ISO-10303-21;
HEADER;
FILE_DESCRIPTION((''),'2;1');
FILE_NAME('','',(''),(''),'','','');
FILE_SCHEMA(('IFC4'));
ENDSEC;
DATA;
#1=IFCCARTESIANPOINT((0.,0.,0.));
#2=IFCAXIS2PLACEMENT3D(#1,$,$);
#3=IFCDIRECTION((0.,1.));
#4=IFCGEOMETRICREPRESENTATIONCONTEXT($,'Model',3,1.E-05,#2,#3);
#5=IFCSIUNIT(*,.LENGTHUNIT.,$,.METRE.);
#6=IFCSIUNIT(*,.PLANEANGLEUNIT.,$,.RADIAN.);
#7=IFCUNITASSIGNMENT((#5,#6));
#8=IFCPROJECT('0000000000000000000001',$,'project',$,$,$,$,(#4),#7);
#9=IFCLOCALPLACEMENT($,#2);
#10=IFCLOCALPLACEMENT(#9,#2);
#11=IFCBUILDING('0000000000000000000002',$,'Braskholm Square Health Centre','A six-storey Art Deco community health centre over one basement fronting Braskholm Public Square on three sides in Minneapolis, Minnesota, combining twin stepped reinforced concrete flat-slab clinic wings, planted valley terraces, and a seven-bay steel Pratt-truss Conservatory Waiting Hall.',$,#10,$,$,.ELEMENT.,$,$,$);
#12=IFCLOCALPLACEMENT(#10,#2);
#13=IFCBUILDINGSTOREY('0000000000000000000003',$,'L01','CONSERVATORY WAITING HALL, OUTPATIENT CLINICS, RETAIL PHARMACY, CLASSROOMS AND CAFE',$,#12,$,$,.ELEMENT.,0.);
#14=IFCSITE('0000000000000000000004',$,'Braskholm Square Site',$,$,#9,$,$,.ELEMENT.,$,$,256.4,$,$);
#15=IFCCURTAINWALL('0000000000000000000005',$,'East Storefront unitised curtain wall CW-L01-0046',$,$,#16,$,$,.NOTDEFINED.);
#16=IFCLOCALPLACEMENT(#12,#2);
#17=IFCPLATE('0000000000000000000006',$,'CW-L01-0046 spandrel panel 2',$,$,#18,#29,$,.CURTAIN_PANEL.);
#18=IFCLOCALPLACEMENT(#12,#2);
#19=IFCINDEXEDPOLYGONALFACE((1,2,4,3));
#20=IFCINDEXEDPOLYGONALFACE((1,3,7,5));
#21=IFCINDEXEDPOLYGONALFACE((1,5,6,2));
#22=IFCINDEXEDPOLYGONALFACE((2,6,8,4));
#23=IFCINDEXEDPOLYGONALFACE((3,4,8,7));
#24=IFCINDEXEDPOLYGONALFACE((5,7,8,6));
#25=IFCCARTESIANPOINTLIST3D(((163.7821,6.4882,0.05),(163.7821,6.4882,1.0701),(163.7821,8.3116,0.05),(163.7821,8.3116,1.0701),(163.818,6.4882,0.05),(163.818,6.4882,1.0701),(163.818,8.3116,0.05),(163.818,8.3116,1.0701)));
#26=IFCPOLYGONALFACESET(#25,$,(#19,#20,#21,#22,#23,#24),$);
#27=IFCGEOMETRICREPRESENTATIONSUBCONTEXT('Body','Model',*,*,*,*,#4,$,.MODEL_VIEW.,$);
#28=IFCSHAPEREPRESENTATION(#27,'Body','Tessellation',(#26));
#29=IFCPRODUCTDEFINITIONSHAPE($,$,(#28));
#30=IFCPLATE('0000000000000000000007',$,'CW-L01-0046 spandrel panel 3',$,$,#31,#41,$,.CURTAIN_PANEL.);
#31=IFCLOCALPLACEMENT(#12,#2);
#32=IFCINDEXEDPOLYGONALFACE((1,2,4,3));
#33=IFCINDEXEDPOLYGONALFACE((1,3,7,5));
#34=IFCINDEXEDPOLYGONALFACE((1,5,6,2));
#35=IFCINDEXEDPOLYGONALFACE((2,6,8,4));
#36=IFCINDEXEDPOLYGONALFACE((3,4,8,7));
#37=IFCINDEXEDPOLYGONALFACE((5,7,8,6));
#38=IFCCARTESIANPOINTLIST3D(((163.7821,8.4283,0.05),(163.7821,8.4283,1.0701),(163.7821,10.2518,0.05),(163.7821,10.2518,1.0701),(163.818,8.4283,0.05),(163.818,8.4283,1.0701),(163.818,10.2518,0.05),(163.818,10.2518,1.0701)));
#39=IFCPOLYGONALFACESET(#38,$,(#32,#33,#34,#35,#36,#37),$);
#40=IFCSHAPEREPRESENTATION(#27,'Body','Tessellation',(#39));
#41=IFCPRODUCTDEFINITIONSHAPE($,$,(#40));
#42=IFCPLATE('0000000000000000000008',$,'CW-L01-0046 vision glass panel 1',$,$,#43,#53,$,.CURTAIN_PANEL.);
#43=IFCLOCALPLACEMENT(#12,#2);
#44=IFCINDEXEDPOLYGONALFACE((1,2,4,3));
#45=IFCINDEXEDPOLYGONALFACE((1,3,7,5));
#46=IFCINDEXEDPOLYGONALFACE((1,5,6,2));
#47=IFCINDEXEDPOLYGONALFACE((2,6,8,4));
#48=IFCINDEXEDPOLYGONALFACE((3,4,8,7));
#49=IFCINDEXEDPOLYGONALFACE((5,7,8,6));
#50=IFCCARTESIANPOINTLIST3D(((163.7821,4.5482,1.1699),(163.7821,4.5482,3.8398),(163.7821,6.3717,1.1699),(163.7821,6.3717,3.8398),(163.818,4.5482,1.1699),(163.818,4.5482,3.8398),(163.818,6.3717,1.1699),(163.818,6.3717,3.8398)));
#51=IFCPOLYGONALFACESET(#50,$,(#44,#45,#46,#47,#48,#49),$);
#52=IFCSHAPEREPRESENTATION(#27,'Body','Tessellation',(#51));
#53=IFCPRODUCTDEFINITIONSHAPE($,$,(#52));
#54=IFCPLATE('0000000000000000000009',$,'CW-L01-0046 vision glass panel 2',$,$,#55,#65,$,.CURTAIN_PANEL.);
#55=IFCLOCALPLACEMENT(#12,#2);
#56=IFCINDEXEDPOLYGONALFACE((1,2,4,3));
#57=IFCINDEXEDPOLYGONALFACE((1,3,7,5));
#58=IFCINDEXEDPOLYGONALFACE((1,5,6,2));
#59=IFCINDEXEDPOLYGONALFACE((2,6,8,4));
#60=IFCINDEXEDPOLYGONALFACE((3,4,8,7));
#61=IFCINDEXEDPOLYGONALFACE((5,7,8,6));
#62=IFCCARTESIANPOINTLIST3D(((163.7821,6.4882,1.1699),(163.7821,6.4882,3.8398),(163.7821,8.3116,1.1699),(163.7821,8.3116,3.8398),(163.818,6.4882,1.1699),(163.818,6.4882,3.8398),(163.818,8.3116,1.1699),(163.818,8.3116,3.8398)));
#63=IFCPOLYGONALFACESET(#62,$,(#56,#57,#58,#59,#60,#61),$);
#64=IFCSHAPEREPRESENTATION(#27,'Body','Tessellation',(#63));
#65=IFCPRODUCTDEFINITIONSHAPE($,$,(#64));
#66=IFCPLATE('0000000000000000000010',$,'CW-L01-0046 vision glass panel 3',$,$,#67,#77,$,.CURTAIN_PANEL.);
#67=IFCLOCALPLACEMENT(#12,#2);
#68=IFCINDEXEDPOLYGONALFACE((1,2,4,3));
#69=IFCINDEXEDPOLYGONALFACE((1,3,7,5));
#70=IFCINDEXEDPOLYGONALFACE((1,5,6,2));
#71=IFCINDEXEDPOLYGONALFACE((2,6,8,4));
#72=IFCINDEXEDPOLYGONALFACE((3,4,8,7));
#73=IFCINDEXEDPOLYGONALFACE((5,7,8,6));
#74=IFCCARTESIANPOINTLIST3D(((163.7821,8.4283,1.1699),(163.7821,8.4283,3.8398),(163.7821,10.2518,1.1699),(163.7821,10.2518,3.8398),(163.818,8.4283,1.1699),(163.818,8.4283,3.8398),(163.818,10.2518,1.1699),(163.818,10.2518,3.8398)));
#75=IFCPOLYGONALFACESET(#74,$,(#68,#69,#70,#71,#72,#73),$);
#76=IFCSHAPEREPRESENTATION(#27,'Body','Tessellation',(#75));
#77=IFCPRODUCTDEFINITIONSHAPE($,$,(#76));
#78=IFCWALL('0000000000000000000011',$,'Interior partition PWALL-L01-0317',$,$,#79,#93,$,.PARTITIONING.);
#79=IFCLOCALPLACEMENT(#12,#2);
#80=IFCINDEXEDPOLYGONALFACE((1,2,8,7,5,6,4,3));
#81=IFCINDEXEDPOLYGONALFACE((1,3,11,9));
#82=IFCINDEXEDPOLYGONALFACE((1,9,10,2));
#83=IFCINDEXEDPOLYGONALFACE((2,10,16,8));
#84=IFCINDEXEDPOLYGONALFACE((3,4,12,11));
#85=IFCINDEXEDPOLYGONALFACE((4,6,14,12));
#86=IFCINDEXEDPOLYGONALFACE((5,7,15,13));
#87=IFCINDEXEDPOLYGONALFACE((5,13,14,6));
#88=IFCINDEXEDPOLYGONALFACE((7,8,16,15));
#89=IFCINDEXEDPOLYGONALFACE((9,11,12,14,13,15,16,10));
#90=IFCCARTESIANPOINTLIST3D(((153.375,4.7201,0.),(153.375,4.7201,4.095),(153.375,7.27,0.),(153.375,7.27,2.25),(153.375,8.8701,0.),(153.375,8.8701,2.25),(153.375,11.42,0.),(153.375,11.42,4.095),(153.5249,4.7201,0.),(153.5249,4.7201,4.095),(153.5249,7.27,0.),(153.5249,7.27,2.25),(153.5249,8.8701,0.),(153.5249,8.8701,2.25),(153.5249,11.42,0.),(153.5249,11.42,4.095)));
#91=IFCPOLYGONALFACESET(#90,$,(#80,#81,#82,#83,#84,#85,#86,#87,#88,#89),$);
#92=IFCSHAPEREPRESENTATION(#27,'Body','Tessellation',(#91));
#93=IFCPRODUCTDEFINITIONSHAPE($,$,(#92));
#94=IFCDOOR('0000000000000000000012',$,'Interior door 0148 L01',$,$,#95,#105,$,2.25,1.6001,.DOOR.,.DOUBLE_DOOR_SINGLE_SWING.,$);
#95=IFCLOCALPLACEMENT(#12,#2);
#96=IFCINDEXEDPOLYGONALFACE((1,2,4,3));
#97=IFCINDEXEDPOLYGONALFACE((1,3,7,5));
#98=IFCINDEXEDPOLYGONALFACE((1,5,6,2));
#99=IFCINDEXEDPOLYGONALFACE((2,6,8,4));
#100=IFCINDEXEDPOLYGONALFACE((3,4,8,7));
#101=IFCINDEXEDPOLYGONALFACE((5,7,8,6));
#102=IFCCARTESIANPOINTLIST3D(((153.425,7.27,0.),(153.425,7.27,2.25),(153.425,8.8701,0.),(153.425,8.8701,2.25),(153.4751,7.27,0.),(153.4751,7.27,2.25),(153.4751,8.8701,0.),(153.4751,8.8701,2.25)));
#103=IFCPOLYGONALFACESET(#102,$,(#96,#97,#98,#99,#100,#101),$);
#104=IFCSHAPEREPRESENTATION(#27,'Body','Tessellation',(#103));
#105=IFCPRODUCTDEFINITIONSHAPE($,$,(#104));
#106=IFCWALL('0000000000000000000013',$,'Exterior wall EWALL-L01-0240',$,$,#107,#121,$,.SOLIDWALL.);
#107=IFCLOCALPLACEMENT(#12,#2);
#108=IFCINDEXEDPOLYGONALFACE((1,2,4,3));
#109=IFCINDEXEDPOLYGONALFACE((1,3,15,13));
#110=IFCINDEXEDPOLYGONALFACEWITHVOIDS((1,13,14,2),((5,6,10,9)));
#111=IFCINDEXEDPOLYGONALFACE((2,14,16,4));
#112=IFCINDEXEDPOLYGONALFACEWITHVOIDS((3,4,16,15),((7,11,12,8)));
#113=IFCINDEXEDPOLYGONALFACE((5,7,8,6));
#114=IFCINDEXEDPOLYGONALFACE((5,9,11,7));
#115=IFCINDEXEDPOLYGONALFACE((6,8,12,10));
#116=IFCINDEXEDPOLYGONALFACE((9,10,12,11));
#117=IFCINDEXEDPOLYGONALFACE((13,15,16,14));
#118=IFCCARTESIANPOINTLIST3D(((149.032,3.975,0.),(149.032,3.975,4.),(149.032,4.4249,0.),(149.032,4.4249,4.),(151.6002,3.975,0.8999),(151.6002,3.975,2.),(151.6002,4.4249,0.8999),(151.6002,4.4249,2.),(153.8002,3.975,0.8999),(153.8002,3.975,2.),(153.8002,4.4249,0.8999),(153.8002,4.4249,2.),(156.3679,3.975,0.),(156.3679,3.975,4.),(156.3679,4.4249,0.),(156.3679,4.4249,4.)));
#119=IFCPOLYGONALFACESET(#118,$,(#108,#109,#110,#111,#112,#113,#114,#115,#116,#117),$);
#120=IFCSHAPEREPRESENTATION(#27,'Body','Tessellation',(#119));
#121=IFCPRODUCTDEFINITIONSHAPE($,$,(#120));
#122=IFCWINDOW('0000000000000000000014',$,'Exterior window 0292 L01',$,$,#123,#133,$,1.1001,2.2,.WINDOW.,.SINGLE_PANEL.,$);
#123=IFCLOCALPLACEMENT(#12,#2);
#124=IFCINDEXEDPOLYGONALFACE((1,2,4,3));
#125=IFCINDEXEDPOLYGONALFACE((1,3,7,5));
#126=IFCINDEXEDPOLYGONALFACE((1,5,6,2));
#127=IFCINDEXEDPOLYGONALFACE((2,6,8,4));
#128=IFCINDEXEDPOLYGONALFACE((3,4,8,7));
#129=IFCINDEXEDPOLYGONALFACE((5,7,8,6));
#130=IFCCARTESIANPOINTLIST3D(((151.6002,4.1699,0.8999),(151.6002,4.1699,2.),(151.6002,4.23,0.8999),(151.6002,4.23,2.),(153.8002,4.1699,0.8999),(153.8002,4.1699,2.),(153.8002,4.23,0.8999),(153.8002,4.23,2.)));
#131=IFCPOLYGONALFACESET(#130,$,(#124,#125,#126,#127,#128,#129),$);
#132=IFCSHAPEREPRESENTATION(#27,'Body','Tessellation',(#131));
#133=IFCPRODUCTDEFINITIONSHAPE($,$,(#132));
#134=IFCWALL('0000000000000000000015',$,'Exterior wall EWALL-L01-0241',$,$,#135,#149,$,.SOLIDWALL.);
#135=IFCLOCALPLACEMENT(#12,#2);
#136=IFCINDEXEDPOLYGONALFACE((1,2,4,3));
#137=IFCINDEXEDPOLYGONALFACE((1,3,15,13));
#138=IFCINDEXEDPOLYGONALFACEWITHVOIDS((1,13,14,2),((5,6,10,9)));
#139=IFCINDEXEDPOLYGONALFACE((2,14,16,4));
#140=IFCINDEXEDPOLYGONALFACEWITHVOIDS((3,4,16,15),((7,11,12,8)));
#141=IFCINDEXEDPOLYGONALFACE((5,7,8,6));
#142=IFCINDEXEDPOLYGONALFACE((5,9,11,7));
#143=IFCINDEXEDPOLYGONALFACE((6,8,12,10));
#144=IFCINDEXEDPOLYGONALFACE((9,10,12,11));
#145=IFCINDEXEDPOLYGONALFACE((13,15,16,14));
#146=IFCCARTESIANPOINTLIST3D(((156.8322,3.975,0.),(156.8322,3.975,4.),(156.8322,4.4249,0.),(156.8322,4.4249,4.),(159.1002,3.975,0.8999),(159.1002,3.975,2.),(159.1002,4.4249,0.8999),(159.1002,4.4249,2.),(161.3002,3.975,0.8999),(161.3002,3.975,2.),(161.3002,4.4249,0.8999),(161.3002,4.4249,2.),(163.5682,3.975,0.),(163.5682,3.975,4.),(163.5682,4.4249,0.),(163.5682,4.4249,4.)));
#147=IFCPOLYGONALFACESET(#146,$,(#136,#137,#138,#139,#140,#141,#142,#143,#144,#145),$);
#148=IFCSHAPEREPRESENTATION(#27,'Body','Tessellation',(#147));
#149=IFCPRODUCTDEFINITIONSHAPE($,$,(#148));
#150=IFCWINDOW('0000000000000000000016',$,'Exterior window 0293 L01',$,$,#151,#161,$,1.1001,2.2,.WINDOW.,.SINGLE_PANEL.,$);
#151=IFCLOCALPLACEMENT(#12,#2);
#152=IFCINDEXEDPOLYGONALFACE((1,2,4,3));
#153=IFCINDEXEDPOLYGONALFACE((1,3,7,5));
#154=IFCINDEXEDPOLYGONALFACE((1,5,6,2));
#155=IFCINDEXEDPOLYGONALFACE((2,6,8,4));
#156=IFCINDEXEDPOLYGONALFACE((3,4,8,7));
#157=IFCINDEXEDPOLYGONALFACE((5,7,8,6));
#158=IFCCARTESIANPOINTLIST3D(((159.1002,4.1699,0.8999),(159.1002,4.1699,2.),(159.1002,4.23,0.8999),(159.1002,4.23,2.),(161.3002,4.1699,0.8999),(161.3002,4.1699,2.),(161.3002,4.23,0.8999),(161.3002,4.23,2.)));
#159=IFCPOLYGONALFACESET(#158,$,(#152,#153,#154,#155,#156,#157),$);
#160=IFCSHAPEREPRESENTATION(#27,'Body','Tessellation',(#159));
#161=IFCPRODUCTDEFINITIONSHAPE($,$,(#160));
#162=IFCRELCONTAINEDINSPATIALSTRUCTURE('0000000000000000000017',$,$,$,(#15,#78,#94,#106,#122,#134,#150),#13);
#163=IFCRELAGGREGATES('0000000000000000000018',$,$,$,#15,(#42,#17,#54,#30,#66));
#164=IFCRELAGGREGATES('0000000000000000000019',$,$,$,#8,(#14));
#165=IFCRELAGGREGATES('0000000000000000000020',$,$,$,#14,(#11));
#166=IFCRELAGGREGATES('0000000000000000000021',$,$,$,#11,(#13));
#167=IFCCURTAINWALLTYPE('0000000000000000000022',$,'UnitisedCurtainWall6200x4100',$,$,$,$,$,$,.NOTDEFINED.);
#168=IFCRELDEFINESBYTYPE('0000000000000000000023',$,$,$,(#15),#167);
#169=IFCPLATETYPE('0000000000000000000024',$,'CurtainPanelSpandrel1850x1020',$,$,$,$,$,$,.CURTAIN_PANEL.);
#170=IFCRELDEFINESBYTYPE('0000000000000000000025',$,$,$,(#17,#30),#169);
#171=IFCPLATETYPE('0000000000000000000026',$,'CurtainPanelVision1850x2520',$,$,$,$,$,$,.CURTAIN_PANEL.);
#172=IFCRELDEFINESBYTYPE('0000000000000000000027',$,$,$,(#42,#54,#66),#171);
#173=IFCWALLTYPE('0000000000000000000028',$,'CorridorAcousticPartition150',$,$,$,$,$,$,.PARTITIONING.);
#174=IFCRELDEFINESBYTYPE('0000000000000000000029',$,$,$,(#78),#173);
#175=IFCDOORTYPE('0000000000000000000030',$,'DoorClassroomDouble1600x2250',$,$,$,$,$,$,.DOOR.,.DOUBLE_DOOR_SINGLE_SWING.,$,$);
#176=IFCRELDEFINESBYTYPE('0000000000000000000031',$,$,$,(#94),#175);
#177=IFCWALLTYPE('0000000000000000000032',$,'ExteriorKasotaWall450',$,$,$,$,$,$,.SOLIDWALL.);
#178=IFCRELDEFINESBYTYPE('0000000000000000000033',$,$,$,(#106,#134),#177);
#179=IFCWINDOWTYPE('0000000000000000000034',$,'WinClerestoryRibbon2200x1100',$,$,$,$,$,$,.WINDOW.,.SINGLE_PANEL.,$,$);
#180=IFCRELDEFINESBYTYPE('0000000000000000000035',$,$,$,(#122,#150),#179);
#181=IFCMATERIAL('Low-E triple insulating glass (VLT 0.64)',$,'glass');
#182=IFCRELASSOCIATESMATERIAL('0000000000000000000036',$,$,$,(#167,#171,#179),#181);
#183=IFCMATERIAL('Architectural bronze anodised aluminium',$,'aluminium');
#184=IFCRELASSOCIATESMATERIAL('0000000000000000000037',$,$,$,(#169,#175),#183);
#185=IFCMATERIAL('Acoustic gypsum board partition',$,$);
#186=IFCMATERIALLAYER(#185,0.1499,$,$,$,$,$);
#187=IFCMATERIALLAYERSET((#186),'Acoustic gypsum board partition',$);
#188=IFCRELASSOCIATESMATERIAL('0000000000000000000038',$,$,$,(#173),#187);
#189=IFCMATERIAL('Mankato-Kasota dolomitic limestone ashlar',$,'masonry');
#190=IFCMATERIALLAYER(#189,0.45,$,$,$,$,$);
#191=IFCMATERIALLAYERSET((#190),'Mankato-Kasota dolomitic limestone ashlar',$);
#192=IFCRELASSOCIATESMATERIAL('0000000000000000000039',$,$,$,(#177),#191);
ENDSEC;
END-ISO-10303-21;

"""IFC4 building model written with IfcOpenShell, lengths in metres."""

from ifc_helpers import new_model, si_unit, direction, frame, frame_2d, origin, origin_with_axes, origin_2d, place, context, subcontext, project, spatial, rectangle, extrude, material, layer, layer_set, type_object, element, fill, aggregate, save


model = new_model("IFC4")

# Units and contexts
model_context = context("Model", 3, precision=1e-05, world=origin(), true_north=direction((0.0, 1.0)))
body_context = subcontext(model_context, "Body", "Model", "MODEL_VIEW")
ifc_project = project(units=[si_unit("LENGTHUNIT", "METRE"), si_unit("PLANEANGLEUNIT", "RADIAN")], contexts=[model_context])

# Site, building, storey
site_placement = place(None, origin())
site = spatial("IfcSite", under=ifc_project, at=site_placement, Name="Braskholm Square Site", CompositionType="ELEMENT", RefElevation=256.4)
building_placement = place(site_placement, origin())
building = spatial("IfcBuilding", under=site, at=building_placement, Name="Braskholm Square Health Centre", Description="A six-storey Art Deco community health centre over one basement fronting Braskholm Public Square on three sides in Minneapolis, Minnesota, combining twin stepped reinforced concrete flat-slab clinic wings, planted valley terraces, and a seven-bay steel Pratt-truss Conservatory Waiting Hall.", CompositionType="ELEMENT")
storey_placement = place(building_placement, origin())
storey = spatial("IfcBuildingStorey", under=building, at=storey_placement, Name="L01", Description="CONSERVATORY WAITING HALL, OUTPATIENT CLINICS, RETAIL PHARMACY, CLASSROOMS AND CAFE", CompositionType="ELEMENT", Elevation=0.0)

# Curtain wall
ifc_material_1 = material(Name="Low-E triple insulating glass (VLT 0.64)", Category="glass")
curtain_wall_type = type_object("IfcCurtainWallType", Name="UnitisedCurtainWall6200x4100", PredefinedType="NOTDEFINED", material=ifc_material_1)
curtain_wall_placement = place(storey_placement, origin())
curtain_wall = element("IfcCurtainWall", 1, at=curtain_wall_placement, inside=storey, type_object=curtain_wall_type, Name="East Storefront unitised curtain wall CW-L01-0046", PredefinedType="NOTDEFINED")
ifc_material_2 = material(Name="Architectural bronze anodised aluminium", Category="aluminium")

# Plates
plate_type_1 = type_object("IfcPlateType", Name="CurtainPanelSpandrel1850x1020", PredefinedType="CURTAIN_PANEL", material=ifc_material_2)
plate_1_placement = place(storey_placement, frame((163.8, 7.3999, 0.05), z_axis=(0.0, 0.0, 1.0), x_axis=(0.0, 1.0, 0.0)))
plate_1 = element("IfcPlate", 2, at=plate_1_placement, type_object=plate_type_1, Name="CW-L01-0046 spandrel panel 2", PredefinedType="CURTAIN_PANEL", context=body_context, shape_type="SweptSolid", body=[
    extrude(rectangle(XDim=1.8235, YDim=0.0359, at=origin_2d()), origin(), (0.0, 0.0, 1.0), 1.02),
])
plate_2_placement = place(storey_placement, frame((163.8, 9.3401, 0.05), z_axis=(0.0, 0.0, 1.0), x_axis=(0.0, 1.0, 0.0)))
plate_2 = element("IfcPlate", 3, at=plate_2_placement, type_object=plate_type_1, Name="CW-L01-0046 spandrel panel 3", PredefinedType="CURTAIN_PANEL", context=body_context, shape_type="SweptSolid", body=[
    extrude(rectangle(XDim=1.8235, YDim=0.0359, at=origin_2d()), origin(), (0.0, 0.0, 1.0), 1.02),
])
plate_type_2 = type_object("IfcPlateType", Name="CurtainPanelVision1850x2520", PredefinedType="CURTAIN_PANEL", material=ifc_material_1)
plate_3_placement = place(storey_placement, frame((163.8, 5.46, 1.1699), z_axis=(0.0, 0.0, 1.0), x_axis=(0.0, 1.0, 0.0)))
plate_3 = element("IfcPlate", 4, at=plate_3_placement, type_object=plate_type_2, Name="CW-L01-0046 vision glass panel 1", PredefinedType="CURTAIN_PANEL", context=body_context, shape_type="SweptSolid", body=[
    extrude(rectangle(XDim=1.8235, YDim=0.0359, at=origin_2d()), origin(), (0.0, 0.0, 1.0), 2.6699),
])
plate_4_placement = place(storey_placement, frame((163.8, 7.3999, 1.1699), z_axis=(0.0, 0.0, 1.0), x_axis=(0.0, 1.0, 0.0)))
plate_4 = element("IfcPlate", 5, at=plate_4_placement, type_object=plate_type_2, Name="CW-L01-0046 vision glass panel 2", PredefinedType="CURTAIN_PANEL", context=body_context, shape_type="SweptSolid", body=[
    extrude(rectangle(XDim=1.8235, YDim=0.0359, at=origin_2d()), origin(), (0.0, 0.0, 1.0), 2.6699),
])
plate_5_placement = place(storey_placement, frame((163.8, 9.3401, 1.1699), z_axis=(0.0, 0.0, 1.0), x_axis=(0.0, 1.0, 0.0)))
plate_5 = element("IfcPlate", 6, at=plate_5_placement, type_object=plate_type_2, Name="CW-L01-0046 vision glass panel 3", PredefinedType="CURTAIN_PANEL", context=body_context, shape_type="SweptSolid", body=[
    extrude(rectangle(XDim=1.8235, YDim=0.0359, at=origin_2d()), origin(), (0.0, 0.0, 1.0), 2.6699),
])
aggregate(curtain_wall, [plate_3, plate_1, plate_4, plate_2, plate_5])

# Wall, opening, door
ifc_material_3 = material(Name="Acoustic gypsum board partition")
ifc_layer_1 = layer(ifc_material_3, 0.1499)
ifc_layer_set_1 = layer_set([ifc_layer_1], Name="Acoustic gypsum board partition")
wall_type_1 = type_object("IfcWallType", Name="CorridorAcousticPartition150", PredefinedType="PARTITIONING", material=ifc_layer_set_1)
wall_1_placement = place(storey_placement, frame((153.45, 4.72, 0.0), z_axis=(0.0, 0.0, 1.0), x_axis=(0.0, 1.0, 0.0)))
wall_1 = element("IfcWall", 7, at=wall_1_placement, inside=storey, type_object=wall_type_1, Name="Interior partition PWALL-L01-0317", PredefinedType="PARTITIONING", context=body_context, shape_type="SweptSolid", body=[
    extrude(rectangle(XDim=6.7, YDim=0.1499, at=frame_2d((3.3501, 0.0))), origin(), (0.0, 0.0, 1.0), 4.095),
])
opening_1_placement = place(wall_1_placement, frame((2.55, 0.0, 0.0)))
opening_1 = element("IfcOpeningElement", 8, at=opening_1_placement, cuts=wall_1, PredefinedType="OPENING", context=body_context, shape_type="SweptSolid", body=[
    extrude(rectangle(XDim=1.6001, YDim=2.25, at=frame_2d((0.8, 1.125))), frame((0.0, 0.085, 0.0), z_axis=(0.0, -1.0, 0.0), x_axis=(1.0, 0.0, 0.0)), (0.0, 0.0, 1.0), 0.1699),
])
door_type_1 = type_object("IfcDoorType", Name="DoorClassroomDouble1600x2250", OperationType="DOUBLE_DOOR_SINGLE_SWING", PredefinedType="DOOR", material=ifc_material_2)
door_1_placement = place(opening_1_placement, origin_with_axes())
door_1 = element("IfcDoor", 9, at=door_1_placement, inside=storey, type_object=door_type_1, Name="Interior door 0148 L01", OperationType="DOUBLE_DOOR_SINGLE_SWING", OverallHeight=2.25, OverallWidth=1.6001, PredefinedType="DOOR", context=body_context, shape_type="SweptSolid", body=[
    extrude(rectangle(XDim=1.6001, YDim=2.25, at=frame_2d((0.8, 1.125))), frame((0.0, 0.0249, 0.0), z_axis=(0.0, -1.0, 0.0), x_axis=(1.0, 0.0, 0.0)), (0.0, 0.0, 1.0), 0.05),
])
fill(opening_1, door_1)

# Walls, openings, windows
ifc_material_4 = material(Name="Mankato-Kasota dolomitic limestone ashlar", Category="masonry")
ifc_layer_2 = layer(ifc_material_4, 0.45)
ifc_layer_set_2 = layer_set([ifc_layer_2], Name="Mankato-Kasota dolomitic limestone ashlar")
wall_type_2 = type_object("IfcWallType", Name="ExteriorKasotaWall450", PredefinedType="SOLIDWALL", material=ifc_layer_set_2)
wall_2_placement = place(storey_placement, frame((149.032, 4.2, 0.0), z_axis=(0.0, 0.0, 1.0), x_axis=(1.0, 0.0, 0.0)))
wall_2 = element("IfcWall", 10, at=wall_2_placement, inside=storey, type_object=wall_type_2, Name="Exterior wall EWALL-L01-0240", PredefinedType="SOLIDWALL", context=body_context, shape_type="SweptSolid", body=[
    extrude(rectangle(XDim=7.3359, YDim=0.45, at=frame_2d((3.668, 0.0))), origin(), (0.0, 0.0, 1.0), 4.0),
])
opening_2_placement = place(wall_2_placement, frame((2.5681, 0.0, 0.8999)))
opening_2 = element("IfcOpeningElement", 11, at=opening_2_placement, cuts=wall_2, PredefinedType="OPENING", context=body_context, shape_type="SweptSolid", body=[
    extrude(rectangle(XDim=2.2, YDim=1.1001, at=frame_2d((1.1001, 0.55))), frame((0.0, 0.2349, 0.0), z_axis=(0.0, -1.0, 0.0), x_axis=(1.0, 0.0, 0.0)), (0.0, 0.0, 1.0), 0.47),
])
window_type = type_object("IfcWindowType", Name="WinClerestoryRibbon2200x1100", PartitioningType="SINGLE_PANEL", PredefinedType="WINDOW", material=ifc_material_1)
window_1_placement = place(opening_2_placement, origin_with_axes())
window_1 = element("IfcWindow", 12, at=window_1_placement, inside=storey, type_object=window_type, Name="Exterior window 0292 L01", OverallHeight=1.1001, OverallWidth=2.2, PartitioningType="SINGLE_PANEL", PredefinedType="WINDOW", context=body_context, shape_type="SweptSolid", body=[
    extrude(rectangle(XDim=2.2, YDim=1.1001, at=frame_2d((1.1001, 0.55))), frame((0.0, 0.03, 0.0), z_axis=(0.0, -1.0, 0.0), x_axis=(1.0, 0.0, 0.0)), (0.0, 0.0, 1.0), 0.0601),
])
fill(opening_2, window_1)
wall_3_placement = place(storey_placement, frame((156.832, 4.2, 0.0), z_axis=(0.0, 0.0, 1.0), x_axis=(1.0, 0.0, 0.0)))
wall_3 = element("IfcWall", 13, at=wall_3_placement, inside=storey, type_object=wall_type_2, Name="Exterior wall EWALL-L01-0241", PredefinedType="SOLIDWALL", context=body_context, shape_type="SweptSolid", body=[
    extrude(rectangle(XDim=6.7361, YDim=0.45, at=frame_2d((3.3682, 0.0))), origin(), (0.0, 0.0, 1.0), 4.0),
])
opening_3_placement = place(wall_3_placement, frame((2.2681, 0.0, 0.8999)))
opening_3 = element("IfcOpeningElement", 14, at=opening_3_placement, cuts=wall_3, PredefinedType="OPENING", context=body_context, shape_type="SweptSolid", body=[
    extrude(rectangle(XDim=2.2, YDim=1.1001, at=frame_2d((1.1001, 0.55))), frame((0.0, 0.2349, 0.0), z_axis=(0.0, -1.0, 0.0), x_axis=(1.0, 0.0, 0.0)), (0.0, 0.0, 1.0), 0.47),
])
window_2_placement = place(opening_3_placement, origin_with_axes())
window_2 = element("IfcWindow", 15, at=window_2_placement, inside=storey, type_object=window_type, Name="Exterior window 0293 L01", OverallHeight=1.1001, OverallWidth=2.2, PartitioningType="SINGLE_PANEL", PredefinedType="WINDOW", context=body_context, shape_type="SweptSolid", body=[
    extrude(rectangle(XDim=2.2, YDim=1.1001, at=frame_2d((1.1001, 0.55))), frame((0.0, 0.03, 0.0), z_axis=(0.0, -1.0, 0.0), x_axis=(1.0, 0.0, 0.0)), (0.0, 0.0, 1.0), 0.0601),
])
fill(opening_3, window_2)

save(model, "model.ifc")
